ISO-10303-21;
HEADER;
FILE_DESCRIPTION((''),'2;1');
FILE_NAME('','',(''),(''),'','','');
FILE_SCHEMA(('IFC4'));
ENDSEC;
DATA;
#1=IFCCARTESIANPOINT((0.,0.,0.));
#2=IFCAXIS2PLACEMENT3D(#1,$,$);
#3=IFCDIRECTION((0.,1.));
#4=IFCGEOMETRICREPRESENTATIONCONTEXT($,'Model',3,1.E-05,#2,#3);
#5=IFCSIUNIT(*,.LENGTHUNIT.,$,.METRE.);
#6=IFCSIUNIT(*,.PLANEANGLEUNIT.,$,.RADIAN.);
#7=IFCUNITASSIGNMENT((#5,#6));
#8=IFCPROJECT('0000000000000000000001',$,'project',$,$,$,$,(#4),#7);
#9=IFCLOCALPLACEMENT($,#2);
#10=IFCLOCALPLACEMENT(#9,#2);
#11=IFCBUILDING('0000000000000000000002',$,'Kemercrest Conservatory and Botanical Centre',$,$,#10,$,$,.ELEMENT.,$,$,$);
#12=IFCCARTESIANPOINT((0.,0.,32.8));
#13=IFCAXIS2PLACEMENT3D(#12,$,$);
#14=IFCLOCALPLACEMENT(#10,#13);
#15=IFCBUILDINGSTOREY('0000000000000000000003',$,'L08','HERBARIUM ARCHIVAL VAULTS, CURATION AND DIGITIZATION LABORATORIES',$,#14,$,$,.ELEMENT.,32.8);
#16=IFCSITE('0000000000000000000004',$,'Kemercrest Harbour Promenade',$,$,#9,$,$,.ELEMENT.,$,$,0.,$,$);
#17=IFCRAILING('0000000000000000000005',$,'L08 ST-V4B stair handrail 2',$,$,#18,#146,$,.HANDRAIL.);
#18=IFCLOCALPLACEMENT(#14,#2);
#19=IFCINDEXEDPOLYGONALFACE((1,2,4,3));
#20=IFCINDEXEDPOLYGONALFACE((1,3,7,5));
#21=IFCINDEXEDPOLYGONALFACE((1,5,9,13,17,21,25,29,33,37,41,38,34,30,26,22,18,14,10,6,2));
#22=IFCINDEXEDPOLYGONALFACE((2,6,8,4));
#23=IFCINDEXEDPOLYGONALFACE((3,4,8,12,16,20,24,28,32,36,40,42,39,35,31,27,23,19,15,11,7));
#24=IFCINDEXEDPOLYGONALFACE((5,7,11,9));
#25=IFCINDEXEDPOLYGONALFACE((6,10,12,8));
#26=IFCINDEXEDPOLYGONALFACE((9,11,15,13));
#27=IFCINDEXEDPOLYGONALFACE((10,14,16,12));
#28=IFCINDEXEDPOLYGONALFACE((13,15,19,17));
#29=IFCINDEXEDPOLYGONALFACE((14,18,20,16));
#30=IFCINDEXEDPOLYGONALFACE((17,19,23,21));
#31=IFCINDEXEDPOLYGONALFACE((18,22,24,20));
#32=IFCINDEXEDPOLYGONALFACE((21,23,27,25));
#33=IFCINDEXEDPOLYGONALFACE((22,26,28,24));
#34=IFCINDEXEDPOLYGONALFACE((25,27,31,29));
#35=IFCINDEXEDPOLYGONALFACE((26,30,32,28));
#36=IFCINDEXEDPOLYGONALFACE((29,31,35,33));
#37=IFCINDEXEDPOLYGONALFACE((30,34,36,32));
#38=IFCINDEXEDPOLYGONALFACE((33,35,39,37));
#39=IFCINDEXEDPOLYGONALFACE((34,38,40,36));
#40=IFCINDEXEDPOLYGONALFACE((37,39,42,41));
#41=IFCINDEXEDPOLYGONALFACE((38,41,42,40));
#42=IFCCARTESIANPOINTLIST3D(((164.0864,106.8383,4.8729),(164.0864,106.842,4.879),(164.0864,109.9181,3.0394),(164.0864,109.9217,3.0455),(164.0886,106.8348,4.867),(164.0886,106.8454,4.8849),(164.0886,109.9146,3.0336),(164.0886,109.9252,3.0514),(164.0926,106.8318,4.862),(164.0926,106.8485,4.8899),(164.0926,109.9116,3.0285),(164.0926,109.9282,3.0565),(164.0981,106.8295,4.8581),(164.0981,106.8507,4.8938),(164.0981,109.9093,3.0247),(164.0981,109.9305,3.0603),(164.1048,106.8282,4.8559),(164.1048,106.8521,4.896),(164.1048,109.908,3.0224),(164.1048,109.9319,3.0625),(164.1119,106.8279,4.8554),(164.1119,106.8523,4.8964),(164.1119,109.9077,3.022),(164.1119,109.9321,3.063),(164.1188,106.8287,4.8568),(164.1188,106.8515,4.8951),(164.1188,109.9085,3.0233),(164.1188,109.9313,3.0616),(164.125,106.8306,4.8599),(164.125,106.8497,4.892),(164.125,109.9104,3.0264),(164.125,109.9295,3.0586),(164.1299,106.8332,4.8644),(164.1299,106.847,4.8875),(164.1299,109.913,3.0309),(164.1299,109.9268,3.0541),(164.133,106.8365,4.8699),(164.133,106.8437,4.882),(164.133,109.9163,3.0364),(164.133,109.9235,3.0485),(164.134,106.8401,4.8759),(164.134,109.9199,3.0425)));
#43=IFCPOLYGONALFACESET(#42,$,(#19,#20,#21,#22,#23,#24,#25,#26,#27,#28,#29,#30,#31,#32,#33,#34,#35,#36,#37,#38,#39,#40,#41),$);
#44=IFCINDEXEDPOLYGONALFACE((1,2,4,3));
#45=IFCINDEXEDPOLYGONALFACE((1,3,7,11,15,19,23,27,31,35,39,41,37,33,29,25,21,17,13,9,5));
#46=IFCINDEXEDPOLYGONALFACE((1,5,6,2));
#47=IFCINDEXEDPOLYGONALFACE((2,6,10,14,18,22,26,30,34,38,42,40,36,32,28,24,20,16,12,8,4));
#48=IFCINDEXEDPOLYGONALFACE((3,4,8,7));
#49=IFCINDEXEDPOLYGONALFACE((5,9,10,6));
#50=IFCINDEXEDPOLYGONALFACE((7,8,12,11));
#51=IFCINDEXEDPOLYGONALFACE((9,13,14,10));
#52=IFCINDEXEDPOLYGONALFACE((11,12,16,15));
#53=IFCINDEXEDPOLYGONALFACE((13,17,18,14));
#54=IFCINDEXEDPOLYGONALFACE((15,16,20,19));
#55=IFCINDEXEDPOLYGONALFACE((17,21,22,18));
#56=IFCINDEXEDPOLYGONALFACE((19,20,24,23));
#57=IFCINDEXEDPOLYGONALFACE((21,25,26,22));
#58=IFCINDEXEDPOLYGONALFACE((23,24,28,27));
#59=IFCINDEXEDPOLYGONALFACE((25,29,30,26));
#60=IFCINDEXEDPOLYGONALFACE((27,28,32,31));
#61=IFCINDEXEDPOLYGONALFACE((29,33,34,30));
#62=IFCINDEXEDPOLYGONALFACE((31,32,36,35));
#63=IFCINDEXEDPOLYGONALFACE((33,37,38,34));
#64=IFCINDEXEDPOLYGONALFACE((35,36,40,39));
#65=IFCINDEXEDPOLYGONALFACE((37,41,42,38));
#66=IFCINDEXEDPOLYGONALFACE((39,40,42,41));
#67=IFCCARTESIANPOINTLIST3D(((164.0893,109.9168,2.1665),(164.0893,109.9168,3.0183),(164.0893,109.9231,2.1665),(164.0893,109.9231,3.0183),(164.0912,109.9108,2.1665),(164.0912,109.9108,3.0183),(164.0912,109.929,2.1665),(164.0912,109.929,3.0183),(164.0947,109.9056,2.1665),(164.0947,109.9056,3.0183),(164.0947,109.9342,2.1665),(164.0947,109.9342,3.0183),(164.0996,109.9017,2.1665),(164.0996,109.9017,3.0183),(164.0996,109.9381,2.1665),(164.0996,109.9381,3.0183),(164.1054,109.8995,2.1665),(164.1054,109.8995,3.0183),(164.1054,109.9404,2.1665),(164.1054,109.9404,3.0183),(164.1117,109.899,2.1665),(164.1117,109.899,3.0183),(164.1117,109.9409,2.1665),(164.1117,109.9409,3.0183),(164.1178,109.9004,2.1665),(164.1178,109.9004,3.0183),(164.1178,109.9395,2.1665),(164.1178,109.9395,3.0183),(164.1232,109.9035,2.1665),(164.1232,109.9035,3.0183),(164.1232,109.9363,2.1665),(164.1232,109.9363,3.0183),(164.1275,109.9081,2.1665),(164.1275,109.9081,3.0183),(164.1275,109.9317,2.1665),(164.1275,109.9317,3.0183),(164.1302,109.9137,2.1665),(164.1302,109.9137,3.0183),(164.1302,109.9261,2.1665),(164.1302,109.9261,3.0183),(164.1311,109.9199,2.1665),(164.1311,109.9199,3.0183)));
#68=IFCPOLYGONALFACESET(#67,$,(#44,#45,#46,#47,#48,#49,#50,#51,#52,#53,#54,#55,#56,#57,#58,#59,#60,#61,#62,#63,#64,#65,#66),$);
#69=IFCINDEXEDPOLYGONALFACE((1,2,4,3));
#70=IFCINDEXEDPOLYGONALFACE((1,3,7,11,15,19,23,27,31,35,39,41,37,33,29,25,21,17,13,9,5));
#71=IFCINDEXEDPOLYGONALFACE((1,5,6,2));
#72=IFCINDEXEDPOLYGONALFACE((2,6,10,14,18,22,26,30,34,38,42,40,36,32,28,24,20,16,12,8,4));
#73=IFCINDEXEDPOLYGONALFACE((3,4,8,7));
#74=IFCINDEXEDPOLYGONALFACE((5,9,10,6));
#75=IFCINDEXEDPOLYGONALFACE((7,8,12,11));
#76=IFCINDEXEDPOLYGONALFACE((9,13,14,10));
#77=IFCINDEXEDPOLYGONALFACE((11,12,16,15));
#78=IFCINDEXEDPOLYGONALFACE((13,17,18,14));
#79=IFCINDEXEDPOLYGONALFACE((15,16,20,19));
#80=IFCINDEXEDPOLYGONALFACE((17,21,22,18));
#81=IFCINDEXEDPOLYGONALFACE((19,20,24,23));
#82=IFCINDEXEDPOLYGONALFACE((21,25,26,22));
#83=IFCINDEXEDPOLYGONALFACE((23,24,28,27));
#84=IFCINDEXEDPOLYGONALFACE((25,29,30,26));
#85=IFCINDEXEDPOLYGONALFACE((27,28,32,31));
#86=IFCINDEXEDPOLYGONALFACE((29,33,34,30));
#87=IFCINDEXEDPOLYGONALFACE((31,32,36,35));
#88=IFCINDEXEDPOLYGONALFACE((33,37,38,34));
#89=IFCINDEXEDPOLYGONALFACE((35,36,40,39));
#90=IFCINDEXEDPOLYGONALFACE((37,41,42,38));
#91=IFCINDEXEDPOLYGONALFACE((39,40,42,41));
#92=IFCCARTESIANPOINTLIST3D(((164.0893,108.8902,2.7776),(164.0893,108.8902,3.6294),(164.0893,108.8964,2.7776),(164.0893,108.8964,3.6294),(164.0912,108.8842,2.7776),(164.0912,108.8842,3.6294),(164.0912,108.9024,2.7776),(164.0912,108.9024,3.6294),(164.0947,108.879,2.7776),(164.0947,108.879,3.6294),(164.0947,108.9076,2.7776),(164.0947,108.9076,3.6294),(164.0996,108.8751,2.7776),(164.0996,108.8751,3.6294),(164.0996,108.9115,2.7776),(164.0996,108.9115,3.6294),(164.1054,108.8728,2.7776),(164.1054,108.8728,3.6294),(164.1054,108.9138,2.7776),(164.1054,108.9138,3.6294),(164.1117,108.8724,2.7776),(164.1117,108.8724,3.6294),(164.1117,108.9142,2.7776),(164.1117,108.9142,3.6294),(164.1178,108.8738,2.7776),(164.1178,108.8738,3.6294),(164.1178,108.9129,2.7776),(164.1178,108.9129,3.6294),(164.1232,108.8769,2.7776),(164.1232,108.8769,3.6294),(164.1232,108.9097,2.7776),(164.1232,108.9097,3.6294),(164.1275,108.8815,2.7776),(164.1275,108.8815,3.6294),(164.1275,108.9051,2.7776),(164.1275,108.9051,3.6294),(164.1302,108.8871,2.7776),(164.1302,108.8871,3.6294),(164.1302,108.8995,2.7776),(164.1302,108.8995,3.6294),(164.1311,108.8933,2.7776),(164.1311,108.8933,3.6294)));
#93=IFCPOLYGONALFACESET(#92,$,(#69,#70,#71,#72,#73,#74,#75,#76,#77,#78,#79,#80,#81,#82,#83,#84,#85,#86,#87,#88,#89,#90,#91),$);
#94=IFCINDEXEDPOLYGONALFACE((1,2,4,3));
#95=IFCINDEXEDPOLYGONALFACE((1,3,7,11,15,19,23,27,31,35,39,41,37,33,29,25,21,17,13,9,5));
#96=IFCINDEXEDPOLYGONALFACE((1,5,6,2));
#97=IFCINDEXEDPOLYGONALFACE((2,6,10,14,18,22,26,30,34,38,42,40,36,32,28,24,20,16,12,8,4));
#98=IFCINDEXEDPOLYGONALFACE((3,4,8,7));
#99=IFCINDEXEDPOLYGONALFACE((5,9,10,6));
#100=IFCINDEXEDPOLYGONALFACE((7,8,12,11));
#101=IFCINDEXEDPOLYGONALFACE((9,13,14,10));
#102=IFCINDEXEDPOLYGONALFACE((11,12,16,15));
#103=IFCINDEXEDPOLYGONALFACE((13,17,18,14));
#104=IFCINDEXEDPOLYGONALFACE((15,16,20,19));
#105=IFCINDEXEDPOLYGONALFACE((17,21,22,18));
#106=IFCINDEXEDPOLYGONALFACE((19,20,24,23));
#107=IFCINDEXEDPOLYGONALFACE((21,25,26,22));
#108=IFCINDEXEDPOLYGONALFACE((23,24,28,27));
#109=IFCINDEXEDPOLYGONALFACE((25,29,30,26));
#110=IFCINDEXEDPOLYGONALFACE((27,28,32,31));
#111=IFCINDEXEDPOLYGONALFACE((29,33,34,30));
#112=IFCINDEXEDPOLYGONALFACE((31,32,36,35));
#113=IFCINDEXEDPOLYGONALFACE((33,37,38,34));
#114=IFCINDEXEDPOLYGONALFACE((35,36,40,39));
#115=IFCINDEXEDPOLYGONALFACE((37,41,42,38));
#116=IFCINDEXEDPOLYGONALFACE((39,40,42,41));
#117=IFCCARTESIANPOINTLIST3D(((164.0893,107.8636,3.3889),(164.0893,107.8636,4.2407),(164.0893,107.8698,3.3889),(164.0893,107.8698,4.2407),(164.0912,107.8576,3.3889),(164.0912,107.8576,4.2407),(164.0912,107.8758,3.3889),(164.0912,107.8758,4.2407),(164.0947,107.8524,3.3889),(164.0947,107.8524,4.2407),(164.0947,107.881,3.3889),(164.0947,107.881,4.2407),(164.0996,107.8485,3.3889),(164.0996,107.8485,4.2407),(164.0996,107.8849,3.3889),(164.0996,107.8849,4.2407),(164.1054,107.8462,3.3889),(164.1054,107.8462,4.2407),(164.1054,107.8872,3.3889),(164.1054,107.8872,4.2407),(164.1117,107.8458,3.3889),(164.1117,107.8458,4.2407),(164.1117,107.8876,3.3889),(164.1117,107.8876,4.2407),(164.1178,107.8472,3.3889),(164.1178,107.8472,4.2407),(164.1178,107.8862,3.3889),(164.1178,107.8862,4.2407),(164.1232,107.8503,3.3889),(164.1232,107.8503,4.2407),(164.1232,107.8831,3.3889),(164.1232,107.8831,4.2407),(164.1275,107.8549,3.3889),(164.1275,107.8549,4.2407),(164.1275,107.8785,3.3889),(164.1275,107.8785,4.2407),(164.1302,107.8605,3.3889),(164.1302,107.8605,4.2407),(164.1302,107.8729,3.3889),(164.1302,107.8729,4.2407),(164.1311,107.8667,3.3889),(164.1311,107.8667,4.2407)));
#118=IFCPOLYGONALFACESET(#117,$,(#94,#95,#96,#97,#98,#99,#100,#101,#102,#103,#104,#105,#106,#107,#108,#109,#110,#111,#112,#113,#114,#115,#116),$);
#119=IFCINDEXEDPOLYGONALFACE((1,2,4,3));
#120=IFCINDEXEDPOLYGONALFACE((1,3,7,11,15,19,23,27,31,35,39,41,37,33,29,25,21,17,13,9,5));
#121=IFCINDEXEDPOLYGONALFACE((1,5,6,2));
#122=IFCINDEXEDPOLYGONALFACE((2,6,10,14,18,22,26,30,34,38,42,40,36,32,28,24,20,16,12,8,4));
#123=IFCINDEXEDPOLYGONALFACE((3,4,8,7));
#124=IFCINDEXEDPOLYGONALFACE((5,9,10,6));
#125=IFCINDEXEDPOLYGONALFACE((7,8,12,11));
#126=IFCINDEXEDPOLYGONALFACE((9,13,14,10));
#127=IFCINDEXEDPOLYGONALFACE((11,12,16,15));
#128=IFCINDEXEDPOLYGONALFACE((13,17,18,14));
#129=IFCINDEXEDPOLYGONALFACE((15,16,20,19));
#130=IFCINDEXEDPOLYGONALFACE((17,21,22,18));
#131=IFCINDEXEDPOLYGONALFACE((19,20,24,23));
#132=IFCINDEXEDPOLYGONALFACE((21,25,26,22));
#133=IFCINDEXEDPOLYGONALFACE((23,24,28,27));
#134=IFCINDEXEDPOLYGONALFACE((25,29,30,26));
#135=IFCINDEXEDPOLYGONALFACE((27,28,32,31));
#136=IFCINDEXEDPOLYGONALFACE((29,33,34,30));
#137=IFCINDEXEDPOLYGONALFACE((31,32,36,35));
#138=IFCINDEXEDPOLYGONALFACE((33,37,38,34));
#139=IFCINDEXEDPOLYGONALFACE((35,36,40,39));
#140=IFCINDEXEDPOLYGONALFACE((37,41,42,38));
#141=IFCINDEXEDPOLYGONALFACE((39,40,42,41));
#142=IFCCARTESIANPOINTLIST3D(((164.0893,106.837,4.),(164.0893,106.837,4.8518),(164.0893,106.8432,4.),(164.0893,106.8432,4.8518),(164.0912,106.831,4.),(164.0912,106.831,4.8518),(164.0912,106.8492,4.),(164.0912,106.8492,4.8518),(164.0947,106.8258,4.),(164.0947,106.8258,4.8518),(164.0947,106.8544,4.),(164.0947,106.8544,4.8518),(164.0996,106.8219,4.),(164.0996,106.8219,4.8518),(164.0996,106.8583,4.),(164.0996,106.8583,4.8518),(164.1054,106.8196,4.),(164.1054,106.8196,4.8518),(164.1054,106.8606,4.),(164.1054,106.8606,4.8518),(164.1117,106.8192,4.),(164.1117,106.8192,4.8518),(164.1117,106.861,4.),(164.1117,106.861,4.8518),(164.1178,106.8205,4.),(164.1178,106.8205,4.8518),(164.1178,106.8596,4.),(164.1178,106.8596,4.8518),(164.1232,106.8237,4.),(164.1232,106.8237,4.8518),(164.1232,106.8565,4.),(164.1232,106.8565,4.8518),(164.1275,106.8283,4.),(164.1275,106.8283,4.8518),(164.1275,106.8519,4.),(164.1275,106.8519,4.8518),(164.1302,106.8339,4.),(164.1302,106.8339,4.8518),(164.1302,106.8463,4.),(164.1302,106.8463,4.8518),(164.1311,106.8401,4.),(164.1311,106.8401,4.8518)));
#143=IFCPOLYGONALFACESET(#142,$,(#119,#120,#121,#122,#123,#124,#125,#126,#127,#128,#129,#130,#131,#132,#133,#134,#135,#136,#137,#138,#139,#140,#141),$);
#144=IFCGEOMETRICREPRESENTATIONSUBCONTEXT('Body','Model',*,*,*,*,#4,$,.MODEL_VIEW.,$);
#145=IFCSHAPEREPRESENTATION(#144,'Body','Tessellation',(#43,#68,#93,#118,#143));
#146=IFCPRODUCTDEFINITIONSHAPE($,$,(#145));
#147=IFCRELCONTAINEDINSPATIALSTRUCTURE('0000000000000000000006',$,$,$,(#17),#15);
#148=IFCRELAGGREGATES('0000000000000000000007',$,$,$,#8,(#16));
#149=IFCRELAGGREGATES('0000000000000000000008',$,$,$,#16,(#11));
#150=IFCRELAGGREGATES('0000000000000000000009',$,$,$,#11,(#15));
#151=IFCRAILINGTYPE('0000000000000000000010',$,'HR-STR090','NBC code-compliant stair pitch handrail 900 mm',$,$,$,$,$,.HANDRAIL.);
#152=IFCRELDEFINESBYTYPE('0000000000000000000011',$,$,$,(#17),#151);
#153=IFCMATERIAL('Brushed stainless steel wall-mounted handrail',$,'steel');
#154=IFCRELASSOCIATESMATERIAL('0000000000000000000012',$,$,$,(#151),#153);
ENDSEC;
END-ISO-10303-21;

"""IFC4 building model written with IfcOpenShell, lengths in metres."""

from ifc_helpers import new_model, si_unit, direction, frame, origin, origin_2d, place, context, subcontext, project, spatial, circle, extrude, material, type_object, element, save


model = new_model("IFC4")

# Units and contexts
model_context = context("Model", 3, precision=1e-05, world=origin(), true_north=direction((0.0, 1.0)))
body_context = subcontext(model_context, "Body", "Model", "MODEL_VIEW")
ifc_project = project(units=[si_unit("LENGTHUNIT", "METRE"), si_unit("PLANEANGLEUNIT", "RADIAN")], contexts=[model_context])

# Site, building, storey
site_placement = place(None, origin())
site = spatial("IfcSite", under=ifc_project, at=site_placement, Name="Kemercrest Harbour Promenade", CompositionType="ELEMENT", RefElevation=0.0)
building_placement = place(site_placement, origin())
building = spatial("IfcBuilding", under=site, at=building_placement, Name="Kemercrest Conservatory and Botanical Centre", CompositionType="ELEMENT")
storey_placement = place(building_placement, frame((0.0, 0.0, 32.8)))
storey = spatial("IfcBuildingStorey", under=building, at=storey_placement, Name="L08", Description="HERBARIUM ARCHIVAL VAULTS, CURATION AND DIGITIZATION LABORATORIES", CompositionType="ELEMENT", Elevation=32.8)

# Railing
ifc_material_1 = material(Name="Brushed stainless steel wall-mounted handrail", Category="steel")
railing_type_1 = type_object("IfcRailingType", Name="HR-STR090", Description="NBC code-compliant stair pitch handrail 900 mm", PredefinedType="HANDRAIL", material=ifc_material_1)
for number, where, name in (
    (1, (164.1101, 109.9199, 2.1665), "L08 ST-V4B stair handrail 2"),
):
    element("IfcRailing", number, at=place(storey_placement, frame(where)), inside=storey, type_object=railing_type_1, Name=name, PredefinedType="HANDRAIL", context=body_context, shape_type="SweptSolid", body=[
        extrude(circle(Radius=0.0239, at=origin_2d()), frame((0.0, 0.0, 0.876), z_axis=(0.0, -0.859261, 0.511538), x_axis=(1.0, 0.0, 0.0)), (0.0, 0.0, 1.0), 3.5842),
        extrude(circle(Radius=0.021, at=origin_2d()), origin(), (0.0, 0.0, 1.0), 0.8518),
        extrude(circle(Radius=0.021, at=origin_2d()), frame((0.0, -1.0266, 0.6111)), (0.0, 0.0, 1.0), 0.8518),
        extrude(circle(Radius=0.021, at=origin_2d()), frame((0.0, -2.0532, 1.2224)), (0.0, 0.0, 1.0), 0.8518),
        extrude(circle(Radius=0.021, at=origin_2d()), frame((0.0, -3.0798, 1.8335)), (0.0, 0.0, 1.0), 0.8518),
    ])

save(model, "model.ifc")
